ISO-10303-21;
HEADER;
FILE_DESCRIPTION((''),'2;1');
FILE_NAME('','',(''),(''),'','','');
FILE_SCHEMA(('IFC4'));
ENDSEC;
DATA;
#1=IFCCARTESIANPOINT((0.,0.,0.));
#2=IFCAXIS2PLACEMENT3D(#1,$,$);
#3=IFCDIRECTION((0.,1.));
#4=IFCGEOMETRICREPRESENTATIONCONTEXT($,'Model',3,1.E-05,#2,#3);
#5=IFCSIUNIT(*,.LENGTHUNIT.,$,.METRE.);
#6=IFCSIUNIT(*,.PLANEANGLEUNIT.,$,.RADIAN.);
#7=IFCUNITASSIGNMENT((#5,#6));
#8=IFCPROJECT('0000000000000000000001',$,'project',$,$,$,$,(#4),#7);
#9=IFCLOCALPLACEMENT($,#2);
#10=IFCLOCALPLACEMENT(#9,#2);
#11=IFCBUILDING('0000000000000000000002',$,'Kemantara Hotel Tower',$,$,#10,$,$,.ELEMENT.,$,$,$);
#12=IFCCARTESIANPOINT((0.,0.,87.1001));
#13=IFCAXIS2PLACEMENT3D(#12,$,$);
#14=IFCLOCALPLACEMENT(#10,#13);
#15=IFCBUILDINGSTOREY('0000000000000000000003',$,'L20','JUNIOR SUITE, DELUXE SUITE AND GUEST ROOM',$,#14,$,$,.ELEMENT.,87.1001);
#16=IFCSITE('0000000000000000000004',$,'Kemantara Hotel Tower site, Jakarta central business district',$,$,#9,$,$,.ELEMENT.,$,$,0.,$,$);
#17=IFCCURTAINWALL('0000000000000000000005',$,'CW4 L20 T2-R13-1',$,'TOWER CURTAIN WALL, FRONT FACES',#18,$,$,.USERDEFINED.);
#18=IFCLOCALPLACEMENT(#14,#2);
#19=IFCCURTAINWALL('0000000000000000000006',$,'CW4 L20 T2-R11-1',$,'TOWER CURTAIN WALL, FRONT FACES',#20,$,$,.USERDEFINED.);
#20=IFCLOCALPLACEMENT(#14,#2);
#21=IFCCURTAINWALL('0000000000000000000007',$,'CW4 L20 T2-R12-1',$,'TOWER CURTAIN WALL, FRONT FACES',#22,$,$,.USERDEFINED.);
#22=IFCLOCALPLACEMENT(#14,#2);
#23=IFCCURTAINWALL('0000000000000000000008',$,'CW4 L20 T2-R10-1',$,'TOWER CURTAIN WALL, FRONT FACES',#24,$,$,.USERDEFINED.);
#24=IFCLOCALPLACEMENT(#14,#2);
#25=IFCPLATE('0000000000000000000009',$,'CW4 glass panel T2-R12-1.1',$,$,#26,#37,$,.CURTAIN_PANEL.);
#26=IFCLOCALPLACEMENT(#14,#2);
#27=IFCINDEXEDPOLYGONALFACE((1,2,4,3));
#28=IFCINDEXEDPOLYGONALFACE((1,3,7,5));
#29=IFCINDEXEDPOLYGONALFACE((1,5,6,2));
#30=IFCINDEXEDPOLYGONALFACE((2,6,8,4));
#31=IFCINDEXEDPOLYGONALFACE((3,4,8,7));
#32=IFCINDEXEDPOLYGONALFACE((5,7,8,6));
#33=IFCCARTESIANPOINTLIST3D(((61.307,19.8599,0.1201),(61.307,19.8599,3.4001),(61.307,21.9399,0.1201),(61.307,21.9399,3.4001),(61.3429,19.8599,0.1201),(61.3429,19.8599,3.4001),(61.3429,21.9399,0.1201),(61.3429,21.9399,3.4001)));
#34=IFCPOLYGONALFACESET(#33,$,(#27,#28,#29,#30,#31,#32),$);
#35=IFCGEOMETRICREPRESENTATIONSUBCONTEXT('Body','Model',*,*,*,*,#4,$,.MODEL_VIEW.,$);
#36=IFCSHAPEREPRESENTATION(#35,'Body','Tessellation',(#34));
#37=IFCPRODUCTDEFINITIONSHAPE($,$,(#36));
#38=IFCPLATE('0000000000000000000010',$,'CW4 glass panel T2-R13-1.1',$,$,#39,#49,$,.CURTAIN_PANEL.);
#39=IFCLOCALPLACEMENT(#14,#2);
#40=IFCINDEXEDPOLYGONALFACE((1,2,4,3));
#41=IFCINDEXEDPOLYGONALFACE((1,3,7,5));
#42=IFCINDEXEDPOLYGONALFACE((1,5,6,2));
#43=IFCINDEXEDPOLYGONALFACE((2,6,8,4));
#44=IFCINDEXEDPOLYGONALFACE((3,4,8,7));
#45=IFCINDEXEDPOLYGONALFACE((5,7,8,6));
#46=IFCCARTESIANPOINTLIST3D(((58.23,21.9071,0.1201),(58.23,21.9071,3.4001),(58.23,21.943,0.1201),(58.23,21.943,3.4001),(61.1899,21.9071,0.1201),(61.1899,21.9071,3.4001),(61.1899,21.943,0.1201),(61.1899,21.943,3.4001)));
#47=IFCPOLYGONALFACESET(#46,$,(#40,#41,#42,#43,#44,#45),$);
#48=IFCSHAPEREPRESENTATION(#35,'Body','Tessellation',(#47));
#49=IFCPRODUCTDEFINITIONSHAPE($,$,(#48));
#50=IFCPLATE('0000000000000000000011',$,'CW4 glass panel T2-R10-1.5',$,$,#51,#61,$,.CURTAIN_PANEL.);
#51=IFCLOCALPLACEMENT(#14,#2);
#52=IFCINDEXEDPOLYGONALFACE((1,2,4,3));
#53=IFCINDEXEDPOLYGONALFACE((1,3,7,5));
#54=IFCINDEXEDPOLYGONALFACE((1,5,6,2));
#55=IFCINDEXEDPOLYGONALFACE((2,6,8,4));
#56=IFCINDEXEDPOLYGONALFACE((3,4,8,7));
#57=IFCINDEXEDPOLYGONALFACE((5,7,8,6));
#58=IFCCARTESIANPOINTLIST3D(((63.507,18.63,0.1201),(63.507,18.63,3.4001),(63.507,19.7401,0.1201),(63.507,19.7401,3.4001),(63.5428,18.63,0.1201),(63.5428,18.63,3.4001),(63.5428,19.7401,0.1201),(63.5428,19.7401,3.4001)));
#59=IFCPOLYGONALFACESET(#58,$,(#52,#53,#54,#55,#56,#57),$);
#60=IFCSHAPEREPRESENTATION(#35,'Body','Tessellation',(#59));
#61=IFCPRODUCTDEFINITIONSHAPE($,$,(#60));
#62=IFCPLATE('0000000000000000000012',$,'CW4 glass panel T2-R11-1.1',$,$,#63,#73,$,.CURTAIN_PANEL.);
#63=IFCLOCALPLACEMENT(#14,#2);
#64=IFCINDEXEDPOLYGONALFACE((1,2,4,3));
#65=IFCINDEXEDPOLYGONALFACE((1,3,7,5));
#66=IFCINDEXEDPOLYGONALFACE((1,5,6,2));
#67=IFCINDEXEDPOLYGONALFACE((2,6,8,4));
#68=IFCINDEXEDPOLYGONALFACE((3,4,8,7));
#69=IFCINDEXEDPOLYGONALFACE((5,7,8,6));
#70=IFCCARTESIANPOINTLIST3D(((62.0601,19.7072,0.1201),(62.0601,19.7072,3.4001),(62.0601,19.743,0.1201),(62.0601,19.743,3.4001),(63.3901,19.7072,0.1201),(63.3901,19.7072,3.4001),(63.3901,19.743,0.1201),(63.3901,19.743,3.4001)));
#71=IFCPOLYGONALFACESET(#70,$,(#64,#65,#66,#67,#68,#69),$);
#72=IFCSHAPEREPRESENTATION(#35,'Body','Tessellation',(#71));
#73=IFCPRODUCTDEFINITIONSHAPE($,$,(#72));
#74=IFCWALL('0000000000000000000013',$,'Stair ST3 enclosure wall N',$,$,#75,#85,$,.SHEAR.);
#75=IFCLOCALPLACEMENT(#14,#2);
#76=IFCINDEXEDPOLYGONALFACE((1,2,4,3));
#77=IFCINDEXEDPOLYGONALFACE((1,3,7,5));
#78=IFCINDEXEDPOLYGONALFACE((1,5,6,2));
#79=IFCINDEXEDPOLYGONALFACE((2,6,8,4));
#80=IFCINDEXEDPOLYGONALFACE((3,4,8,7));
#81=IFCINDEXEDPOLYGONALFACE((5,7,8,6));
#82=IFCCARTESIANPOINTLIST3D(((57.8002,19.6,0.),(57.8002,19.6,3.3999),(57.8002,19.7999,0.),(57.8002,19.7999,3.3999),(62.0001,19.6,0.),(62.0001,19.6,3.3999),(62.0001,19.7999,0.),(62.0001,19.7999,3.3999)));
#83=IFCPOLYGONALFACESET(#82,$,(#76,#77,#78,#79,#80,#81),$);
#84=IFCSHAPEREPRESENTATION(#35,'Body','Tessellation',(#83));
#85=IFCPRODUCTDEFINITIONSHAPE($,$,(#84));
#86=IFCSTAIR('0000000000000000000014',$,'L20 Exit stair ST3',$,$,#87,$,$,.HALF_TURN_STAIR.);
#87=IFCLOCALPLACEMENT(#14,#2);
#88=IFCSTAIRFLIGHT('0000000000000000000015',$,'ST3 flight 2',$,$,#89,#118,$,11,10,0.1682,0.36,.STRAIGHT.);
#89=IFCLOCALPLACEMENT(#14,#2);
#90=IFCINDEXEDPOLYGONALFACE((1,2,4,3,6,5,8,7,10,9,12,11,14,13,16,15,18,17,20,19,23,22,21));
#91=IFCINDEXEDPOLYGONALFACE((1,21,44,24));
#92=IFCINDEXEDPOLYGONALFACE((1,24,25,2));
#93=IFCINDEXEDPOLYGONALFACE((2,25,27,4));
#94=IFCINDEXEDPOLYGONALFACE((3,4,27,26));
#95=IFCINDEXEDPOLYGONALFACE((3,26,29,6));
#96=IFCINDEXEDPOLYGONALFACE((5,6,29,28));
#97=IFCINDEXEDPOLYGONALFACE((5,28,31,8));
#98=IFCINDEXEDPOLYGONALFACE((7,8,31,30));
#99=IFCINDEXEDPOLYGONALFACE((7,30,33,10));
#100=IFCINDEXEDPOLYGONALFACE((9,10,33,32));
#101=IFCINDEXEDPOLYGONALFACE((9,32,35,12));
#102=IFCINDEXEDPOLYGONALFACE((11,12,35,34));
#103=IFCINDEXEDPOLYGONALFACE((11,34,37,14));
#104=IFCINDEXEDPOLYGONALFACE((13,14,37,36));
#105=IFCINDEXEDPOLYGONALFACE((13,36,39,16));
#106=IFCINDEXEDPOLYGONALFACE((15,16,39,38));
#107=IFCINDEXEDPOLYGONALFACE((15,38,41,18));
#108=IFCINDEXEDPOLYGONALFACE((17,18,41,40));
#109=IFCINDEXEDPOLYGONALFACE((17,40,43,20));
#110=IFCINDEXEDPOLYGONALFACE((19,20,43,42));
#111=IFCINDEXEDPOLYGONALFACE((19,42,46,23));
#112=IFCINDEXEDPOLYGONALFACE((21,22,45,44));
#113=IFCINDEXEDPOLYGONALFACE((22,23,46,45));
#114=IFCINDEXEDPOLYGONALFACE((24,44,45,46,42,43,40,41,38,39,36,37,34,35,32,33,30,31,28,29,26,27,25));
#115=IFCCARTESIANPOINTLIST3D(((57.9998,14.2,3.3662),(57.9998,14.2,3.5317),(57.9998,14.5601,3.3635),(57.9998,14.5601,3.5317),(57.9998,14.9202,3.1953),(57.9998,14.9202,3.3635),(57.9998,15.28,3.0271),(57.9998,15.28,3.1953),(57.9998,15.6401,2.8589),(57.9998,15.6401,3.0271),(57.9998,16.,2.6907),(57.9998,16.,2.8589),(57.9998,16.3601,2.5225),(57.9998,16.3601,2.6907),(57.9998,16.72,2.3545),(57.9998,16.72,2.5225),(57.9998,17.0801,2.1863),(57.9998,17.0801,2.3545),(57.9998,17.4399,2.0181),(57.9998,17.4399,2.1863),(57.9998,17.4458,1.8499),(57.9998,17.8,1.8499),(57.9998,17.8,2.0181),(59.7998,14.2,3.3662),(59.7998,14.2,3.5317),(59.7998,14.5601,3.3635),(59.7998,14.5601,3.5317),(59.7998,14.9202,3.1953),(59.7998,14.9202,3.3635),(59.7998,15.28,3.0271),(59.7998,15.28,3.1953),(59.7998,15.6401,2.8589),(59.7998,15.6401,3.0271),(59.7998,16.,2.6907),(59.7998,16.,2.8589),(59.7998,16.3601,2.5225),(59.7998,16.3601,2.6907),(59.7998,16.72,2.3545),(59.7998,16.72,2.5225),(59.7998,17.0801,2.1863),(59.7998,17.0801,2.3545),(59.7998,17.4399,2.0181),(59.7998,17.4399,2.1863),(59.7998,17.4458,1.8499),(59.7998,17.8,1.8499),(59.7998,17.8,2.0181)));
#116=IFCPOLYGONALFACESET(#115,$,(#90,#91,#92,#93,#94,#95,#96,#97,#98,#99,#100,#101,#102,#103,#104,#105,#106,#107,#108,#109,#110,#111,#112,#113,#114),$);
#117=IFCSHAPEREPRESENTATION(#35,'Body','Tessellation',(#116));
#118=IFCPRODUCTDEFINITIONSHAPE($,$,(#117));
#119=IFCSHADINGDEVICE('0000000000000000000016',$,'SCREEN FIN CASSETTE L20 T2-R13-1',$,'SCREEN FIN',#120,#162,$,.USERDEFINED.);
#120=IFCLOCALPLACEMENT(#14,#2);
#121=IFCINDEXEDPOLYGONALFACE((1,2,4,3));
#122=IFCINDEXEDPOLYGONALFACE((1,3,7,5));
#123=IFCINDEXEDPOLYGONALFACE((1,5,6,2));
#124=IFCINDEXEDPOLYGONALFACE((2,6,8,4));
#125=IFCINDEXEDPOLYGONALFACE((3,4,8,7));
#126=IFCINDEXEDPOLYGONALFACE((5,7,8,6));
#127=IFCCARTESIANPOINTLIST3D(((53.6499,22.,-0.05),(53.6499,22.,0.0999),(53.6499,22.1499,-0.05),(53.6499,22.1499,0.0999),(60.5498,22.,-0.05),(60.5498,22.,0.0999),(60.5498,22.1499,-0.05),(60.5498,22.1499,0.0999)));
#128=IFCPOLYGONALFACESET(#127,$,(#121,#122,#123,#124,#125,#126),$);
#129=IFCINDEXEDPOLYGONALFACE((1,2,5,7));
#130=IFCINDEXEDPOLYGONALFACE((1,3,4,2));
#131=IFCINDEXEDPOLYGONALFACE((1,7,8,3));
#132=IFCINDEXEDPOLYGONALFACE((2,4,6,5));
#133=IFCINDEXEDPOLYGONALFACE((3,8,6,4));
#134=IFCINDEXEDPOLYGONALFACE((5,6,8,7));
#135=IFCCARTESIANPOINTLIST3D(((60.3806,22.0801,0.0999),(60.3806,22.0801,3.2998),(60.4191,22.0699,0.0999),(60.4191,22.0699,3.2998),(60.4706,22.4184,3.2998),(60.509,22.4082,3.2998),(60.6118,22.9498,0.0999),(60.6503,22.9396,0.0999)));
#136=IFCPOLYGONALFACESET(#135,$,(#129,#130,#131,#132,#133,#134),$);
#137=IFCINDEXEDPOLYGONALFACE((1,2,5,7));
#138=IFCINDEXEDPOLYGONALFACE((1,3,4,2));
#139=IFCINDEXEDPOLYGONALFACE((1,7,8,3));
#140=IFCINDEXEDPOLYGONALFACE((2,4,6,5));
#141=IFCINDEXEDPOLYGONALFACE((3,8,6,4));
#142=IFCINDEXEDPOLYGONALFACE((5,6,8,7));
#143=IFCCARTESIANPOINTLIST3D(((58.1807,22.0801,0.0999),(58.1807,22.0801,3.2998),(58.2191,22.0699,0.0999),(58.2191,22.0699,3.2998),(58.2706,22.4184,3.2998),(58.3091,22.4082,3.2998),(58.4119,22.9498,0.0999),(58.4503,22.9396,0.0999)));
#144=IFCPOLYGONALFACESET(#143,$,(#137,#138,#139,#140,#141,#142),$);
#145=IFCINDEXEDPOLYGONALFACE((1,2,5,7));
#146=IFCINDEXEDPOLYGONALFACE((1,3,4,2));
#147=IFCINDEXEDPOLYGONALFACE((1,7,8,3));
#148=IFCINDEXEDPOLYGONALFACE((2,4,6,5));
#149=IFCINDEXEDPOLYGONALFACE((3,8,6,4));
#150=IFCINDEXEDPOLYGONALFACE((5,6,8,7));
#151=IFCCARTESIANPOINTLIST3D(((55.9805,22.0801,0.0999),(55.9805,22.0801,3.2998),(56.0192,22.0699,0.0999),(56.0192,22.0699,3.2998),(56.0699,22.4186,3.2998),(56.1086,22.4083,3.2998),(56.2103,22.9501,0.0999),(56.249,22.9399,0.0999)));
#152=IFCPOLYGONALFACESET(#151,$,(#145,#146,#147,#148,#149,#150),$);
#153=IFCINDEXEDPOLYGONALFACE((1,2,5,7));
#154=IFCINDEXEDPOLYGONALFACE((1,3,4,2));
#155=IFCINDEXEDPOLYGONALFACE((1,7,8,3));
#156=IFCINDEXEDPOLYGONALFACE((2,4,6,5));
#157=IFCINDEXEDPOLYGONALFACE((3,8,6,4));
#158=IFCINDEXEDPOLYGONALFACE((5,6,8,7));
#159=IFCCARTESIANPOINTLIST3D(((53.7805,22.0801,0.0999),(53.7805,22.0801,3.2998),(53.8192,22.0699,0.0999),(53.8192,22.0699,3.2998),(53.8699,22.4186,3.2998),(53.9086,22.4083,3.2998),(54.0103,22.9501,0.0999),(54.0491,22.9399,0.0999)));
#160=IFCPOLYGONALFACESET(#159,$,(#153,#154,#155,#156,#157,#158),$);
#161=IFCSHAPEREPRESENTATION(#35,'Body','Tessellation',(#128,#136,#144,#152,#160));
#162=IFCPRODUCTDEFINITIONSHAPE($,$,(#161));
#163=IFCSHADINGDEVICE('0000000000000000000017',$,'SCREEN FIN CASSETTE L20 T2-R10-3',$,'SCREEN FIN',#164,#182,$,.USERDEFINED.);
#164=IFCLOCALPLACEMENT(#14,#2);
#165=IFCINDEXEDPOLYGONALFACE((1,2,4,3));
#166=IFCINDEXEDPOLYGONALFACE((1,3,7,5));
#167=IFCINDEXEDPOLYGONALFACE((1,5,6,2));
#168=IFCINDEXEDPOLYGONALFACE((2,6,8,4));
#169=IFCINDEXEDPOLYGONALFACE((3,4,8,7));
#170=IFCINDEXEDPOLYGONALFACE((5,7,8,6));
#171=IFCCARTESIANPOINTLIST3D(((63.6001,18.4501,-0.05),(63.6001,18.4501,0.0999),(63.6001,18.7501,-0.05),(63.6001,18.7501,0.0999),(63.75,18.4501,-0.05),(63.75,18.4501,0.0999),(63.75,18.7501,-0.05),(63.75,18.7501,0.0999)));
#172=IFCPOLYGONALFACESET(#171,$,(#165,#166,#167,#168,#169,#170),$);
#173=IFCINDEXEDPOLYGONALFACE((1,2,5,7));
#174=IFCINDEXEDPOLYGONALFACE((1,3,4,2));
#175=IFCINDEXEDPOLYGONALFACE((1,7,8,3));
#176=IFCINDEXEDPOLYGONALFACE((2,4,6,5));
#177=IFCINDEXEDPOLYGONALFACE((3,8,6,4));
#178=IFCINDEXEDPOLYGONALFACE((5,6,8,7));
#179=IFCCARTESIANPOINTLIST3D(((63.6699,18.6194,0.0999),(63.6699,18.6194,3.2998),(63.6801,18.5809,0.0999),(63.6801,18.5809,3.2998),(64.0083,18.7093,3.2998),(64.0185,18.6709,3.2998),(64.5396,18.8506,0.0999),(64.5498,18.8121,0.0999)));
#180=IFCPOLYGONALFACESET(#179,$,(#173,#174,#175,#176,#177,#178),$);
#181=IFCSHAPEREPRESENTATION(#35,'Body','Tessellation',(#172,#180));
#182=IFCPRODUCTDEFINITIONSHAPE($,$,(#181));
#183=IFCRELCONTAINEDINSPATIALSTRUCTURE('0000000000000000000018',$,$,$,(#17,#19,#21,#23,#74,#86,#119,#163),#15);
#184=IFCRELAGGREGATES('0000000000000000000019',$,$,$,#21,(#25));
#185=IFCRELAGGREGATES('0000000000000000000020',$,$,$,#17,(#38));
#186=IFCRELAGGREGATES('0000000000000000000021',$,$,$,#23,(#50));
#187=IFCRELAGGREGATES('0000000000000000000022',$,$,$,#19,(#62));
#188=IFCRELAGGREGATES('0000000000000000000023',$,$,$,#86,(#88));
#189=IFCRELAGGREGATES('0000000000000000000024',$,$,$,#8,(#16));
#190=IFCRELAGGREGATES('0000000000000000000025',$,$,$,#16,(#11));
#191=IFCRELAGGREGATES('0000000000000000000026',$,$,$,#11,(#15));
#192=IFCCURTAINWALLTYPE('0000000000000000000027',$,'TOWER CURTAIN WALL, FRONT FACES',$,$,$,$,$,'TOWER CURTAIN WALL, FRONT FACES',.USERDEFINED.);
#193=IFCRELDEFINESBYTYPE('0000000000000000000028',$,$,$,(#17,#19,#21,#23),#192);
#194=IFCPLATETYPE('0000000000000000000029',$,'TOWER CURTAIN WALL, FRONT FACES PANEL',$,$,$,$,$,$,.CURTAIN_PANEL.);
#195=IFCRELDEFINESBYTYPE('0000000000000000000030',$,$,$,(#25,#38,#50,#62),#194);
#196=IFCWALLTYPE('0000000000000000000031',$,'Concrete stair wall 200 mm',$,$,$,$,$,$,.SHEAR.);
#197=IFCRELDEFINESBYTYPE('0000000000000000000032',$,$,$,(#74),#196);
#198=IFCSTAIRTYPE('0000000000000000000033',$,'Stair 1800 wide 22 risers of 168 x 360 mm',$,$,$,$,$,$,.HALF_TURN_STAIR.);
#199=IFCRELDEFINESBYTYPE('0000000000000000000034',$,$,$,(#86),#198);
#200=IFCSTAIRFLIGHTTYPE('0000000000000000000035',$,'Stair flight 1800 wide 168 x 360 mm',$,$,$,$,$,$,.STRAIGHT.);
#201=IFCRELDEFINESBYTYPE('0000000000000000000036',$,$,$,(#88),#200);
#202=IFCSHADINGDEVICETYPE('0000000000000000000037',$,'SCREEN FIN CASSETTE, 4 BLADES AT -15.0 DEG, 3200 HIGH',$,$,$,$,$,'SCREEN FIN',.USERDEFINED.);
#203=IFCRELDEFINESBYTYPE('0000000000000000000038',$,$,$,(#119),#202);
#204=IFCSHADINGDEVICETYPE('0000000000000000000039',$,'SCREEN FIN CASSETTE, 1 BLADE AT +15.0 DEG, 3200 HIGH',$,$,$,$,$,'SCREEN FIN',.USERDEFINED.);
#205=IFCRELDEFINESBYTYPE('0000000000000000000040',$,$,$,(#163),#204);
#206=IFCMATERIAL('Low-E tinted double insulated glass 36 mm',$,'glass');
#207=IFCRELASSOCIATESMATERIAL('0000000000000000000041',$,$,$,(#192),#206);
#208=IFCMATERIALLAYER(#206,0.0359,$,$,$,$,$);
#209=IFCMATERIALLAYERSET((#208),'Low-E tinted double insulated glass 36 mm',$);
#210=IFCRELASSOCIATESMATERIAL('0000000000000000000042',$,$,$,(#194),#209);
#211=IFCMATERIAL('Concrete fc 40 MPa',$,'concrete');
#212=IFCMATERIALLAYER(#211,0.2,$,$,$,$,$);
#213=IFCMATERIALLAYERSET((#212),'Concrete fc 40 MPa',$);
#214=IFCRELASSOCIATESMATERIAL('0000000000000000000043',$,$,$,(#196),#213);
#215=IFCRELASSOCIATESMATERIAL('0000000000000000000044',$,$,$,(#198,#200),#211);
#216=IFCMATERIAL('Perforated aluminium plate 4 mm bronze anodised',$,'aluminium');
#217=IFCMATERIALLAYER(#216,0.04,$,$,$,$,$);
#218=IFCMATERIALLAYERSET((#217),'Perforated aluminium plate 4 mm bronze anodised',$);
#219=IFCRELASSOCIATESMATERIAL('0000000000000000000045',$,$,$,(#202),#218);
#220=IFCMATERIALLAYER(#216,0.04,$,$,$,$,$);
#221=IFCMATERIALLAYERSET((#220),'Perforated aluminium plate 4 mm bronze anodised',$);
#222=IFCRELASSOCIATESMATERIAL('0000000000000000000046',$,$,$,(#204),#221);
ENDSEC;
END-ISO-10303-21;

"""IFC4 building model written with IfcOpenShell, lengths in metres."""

from ifc_helpers import new_model, si_unit, direction, frame, frame_2d, origin, origin_2d, place, context, subcontext, project, spatial, polyline, rectangle, outline, extrude, source, transform, mapped, material, layer, layer_set, type_object, element, aggregate, save


model = new_model("IFC4")

# Units and contexts
model_context = context("Model", 3, precision=1e-05, world=origin(), true_north=direction((0.0, 1.0)))
body_context = subcontext(model_context, "Body", "Model", "MODEL_VIEW")
ifc_project = project(units=[si_unit("LENGTHUNIT", "METRE"), si_unit("PLANEANGLEUNIT", "RADIAN")], contexts=[model_context])

# Site, building, storey
site_placement = place(None, origin())
site = spatial("IfcSite", under=ifc_project, at=site_placement, Name="Kemantara Hotel Tower site, Jakarta central business district", CompositionType="ELEMENT", RefElevation=0.0)
building_placement = place(site_placement, origin())
building = spatial("IfcBuilding", under=site, at=building_placement, Name="Kemantara Hotel Tower", CompositionType="ELEMENT")
storey_placement = place(building_placement, frame((0.0, 0.0, 87.1001)))
storey = spatial("IfcBuildingStorey", under=building, at=storey_placement, Name="L20", Description="JUNIOR SUITE, DELUXE SUITE AND GUEST ROOM", CompositionType="ELEMENT", Elevation=87.1001)

# Curtain walls
ifc_material_1 = material(Name="Low-E tinted double insulated glass 36 mm", Category="glass")
curtain_wall_type = type_object("IfcCurtainWallType", Name="TOWER CURTAIN WALL, FRONT FACES", ElementType="TOWER CURTAIN WALL, FRONT FACES", PredefinedType="USERDEFINED", material=ifc_material_1)
curtain_wall_1_placement = place(storey_placement, origin())
curtain_wall_1 = element("IfcCurtainWall", 1, at=curtain_wall_1_placement, inside=storey, type_object=curtain_wall_type, Name="CW4 L20 T2-R13-1", ObjectType="TOWER CURTAIN WALL, FRONT FACES", PredefinedType="USERDEFINED")
curtain_wall_2_placement = place(storey_placement, origin())
curtain_wall_2 = element("IfcCurtainWall", 2, at=curtain_wall_2_placement, inside=storey, type_object=curtain_wall_type, Name="CW4 L20 T2-R11-1", ObjectType="TOWER CURTAIN WALL, FRONT FACES", PredefinedType="USERDEFINED")
curtain_wall_3_placement = place(storey_placement, origin())
curtain_wall_3 = element("IfcCurtainWall", 3, at=curtain_wall_3_placement, inside=storey, type_object=curtain_wall_type, Name="CW4 L20 T2-R12-1", ObjectType="TOWER CURTAIN WALL, FRONT FACES", PredefinedType="USERDEFINED")

# Curtain wall
curtain_wall_4_placement = place(storey_placement, origin())
curtain_wall_4 = element("IfcCurtainWall", 4, at=curtain_wall_4_placement, inside=storey, type_object=curtain_wall_type, Name="CW4 L20 T2-R10-1", ObjectType="TOWER CURTAIN WALL, FRONT FACES", PredefinedType="USERDEFINED")

# Plates
ifc_layer_1 = layer(ifc_material_1, 0.0359)
ifc_layer_set_1 = layer_set([ifc_layer_1], Name="Low-E tinted double insulated glass 36 mm")
plate_type = type_object("IfcPlateType", Name="TOWER CURTAIN WALL, FRONT FACES PANEL", PredefinedType="CURTAIN_PANEL", material=ifc_layer_set_1)
shared_shape_1 = source(origin(), body_context, "Body", "SweptSolid", [
    extrude(rectangle(XDim=2.0801, YDim=0.0359, at=origin_2d()), origin(), (0.0, 0.0, 1.0), 3.28),
])
plate_1_placement = place(storey_placement, frame((61.325, 20.8999, 0.1201), z_axis=(0.0, 0.0, 1.0), x_axis=(0.0, 1.0, 0.0)))
plate_1 = element("IfcPlate", 5, at=plate_1_placement, type_object=plate_type, Name="CW4 glass panel T2-R12-1.1", PredefinedType="CURTAIN_PANEL", context=body_context, shape_type="MappedRepresentation", body=[
    mapped(shared_shape_1, transform((0.0, 0.0, 0.0))),
])
aggregate(curtain_wall_3, [plate_1])
shared_shape_2 = source(origin(), body_context, "Body", "SweptSolid", [
    extrude(rectangle(XDim=2.96, YDim=0.0359, at=origin_2d()), origin(), (0.0, 0.0, 1.0), 3.28),
])
plate_2_placement = place(storey_placement, frame((59.71, 21.925, 0.1201), z_axis=(0.0, 0.0, 1.0), x_axis=(-1.0, 0.0, 0.0)))
plate_2 = element("IfcPlate", 6, at=plate_2_placement, type_object=plate_type, Name="CW4 glass panel T2-R13-1.1", PredefinedType="CURTAIN_PANEL", context=body_context, shape_type="MappedRepresentation", body=[
    mapped(shared_shape_2, transform((0.0, 0.0, 0.0))),
])
aggregate(curtain_wall_1, [plate_2])
shared_shape_3 = source(origin(), body_context, "Body", "SweptSolid", [
    extrude(rectangle(XDim=1.1101, YDim=0.0359, at=origin_2d()), origin(), (0.0, 0.0, 1.0), 3.28),
])
plate_3_placement = place(storey_placement, frame((63.5249, 19.1851, 0.1201), z_axis=(0.0, 0.0, 1.0), x_axis=(0.0, 1.0, 0.0)))
plate_3 = element("IfcPlate", 7, at=plate_3_placement, type_object=plate_type, Name="CW4 glass panel T2-R10-1.5", PredefinedType="CURTAIN_PANEL", context=body_context, shape_type="MappedRepresentation", body=[
    mapped(shared_shape_3, transform((0.0, 0.0, 0.0))),
])
aggregate(curtain_wall_4, [plate_3])
shared_shape_4 = source(origin(), body_context, "Body", "SweptSolid", [
    extrude(rectangle(XDim=1.3301, YDim=0.0359, at=origin_2d()), origin(), (0.0, 0.0, 1.0), 3.28),
])
plate_4_placement = place(storey_placement, frame((62.7251, 19.7251, 0.1201), z_axis=(0.0, 0.0, 1.0), x_axis=(-1.0, 0.0, 0.0)))
plate_4 = element("IfcPlate", 8, at=plate_4_placement, type_object=plate_type, Name="CW4 glass panel T2-R11-1.1", PredefinedType="CURTAIN_PANEL", context=body_context, shape_type="MappedRepresentation", body=[
    mapped(shared_shape_4, transform((0.0, 0.0, 0.0))),
])
aggregate(curtain_wall_2, [plate_4])

# Wall
ifc_material_2 = material(Name="Concrete fc 40 MPa", Category="concrete")
ifc_layer_2 = layer(ifc_material_2, 0.2)
ifc_layer_set_2 = layer_set([ifc_layer_2], Name="Concrete fc 40 MPa")
wall_type = type_object("IfcWallType", Name="Concrete stair wall 200 mm", PredefinedType="SHEAR", material=ifc_layer_set_2)
wall_placement = place(storey_placement, frame((57.8, 19.7, 0.0), z_axis=(0.0, 0.0, 1.0), x_axis=(1.0, 0.0, 0.0)))
element("IfcWall", 9, at=wall_placement, inside=storey, type_object=wall_type, Name="Stair ST3 enclosure wall N", PredefinedType="SHEAR", context=body_context, shape_type="SweptSolid", body=[
    extrude(rectangle(XDim=4.2, YDim=0.2, at=frame_2d((2.1001, 0.0))), origin(), (0.0, 0.0, 1.0), 3.3999),
])

# Stair, stair flight
stair_type = type_object("IfcStairType", Name="Stair 1800 wide 22 risers of 168 x 360 mm", PredefinedType="HALF_TURN_STAIR", material=ifc_material_2)
stair_placement = place(storey_placement, origin())
stair = element("IfcStair", 10, at=stair_placement, inside=storey, type_object=stair_type, Name="L20 Exit stair ST3", PredefinedType="HALF_TURN_STAIR")
stair_flight_type = type_object("IfcStairFlightType", Name="Stair flight 1800 wide 168 x 360 mm", PredefinedType="STRAIGHT", material=ifc_material_2)
stair_flight_placement = place(storey_placement, frame((58.8999, 17.8, 1.8499), z_axis=(0.0, 0.0, 1.0), x_axis=(0.0, -1.0, 0.0)))
stair_flight = element("IfcStairFlight", 11, at=stair_flight_placement, type_object=stair_flight_type, Name="ST3 flight 2", NumberOfRisers=11, NumberOfTreads=10, PredefinedType="STRAIGHT", RiserHeight=0.1682, TreadLength=0.36, context=body_context, shape_type="SweptSolid", body=[
    extrude(outline(polyline([(0.0, 0.0), (0.0, 0.1682), (0.3601, 0.1682), (0.3601, 0.3364), (0.72, 0.3364), (0.72, 0.5046), (1.0801, 0.5046), (1.0801, 0.6726), (1.4399, 0.6726), (1.4399, 0.8408), (1.8, 0.8408), (1.8, 1.009), (2.1599, 1.009), (2.1599, 1.1772), (2.52, 1.1772), (2.52, 1.3455), (2.8799, 1.3455), (2.8799, 1.5137), (3.24, 1.5137), (3.24, 1.6819), (3.6001, 1.6819), (3.6001, 1.8501), (3.6001, 1.5164), (0.3542, 0.0), (0.0, 0.0)])), frame((0.0, 0.8999, 0.0), z_axis=(0.0, -1.0, 0.0), x_axis=(1.0, 0.0, 0.0)), (0.0, 0.0, 1.0), 1.8),
])
aggregate(stair, [stair_flight])

# Shading devices
ifc_material_3 = material(Name="Perforated aluminium plate 4 mm bronze anodised", Category="aluminium")
ifc_layer_3 = layer(ifc_material_3, 0.04)
ifc_layer_set_3 = layer_set([ifc_layer_3], Name="Perforated aluminium plate 4 mm bronze anodised")
shading_device_type_1 = type_object("IfcShadingDeviceType", Name="SCREEN FIN CASSETTE, 4 BLADES AT -15.0 DEG, 3200 HIGH", ElementType="SCREEN FIN", PredefinedType="USERDEFINED", material=ifc_layer_set_3)
shared_shape_5 = source(origin(), body_context, "Body", "SweptSolid", [
    extrude(rectangle(XDim=6.8999, YDim=0.1499, at=origin_2d()), frame((3.3, -0.075, -0.1499), z_axis=(0.0, 0.0, 1.0), x_axis=(1.0, 0.0, 0.0)), (0.0, 0.0, 1.0), 0.1499),
    extrude(outline(polyline([(0.0, 0.0), (0.8999, 0.0), (0.3501, 3.2), (0.0, 3.2), (0.0, 0.0)])), frame((0.0193, -0.0801, 0.0), z_axis=(-0.966438, 0.256901, 0.0), x_axis=(-0.256901, -0.966438, 0.0)), (0.0, 0.0, 1.0), 0.0398),
    extrude(outline(polyline([(0.0, 0.0), (0.8999, 0.0), (0.3501, 3.2), (0.0, 3.2), (0.0, 0.0)])), frame((2.2192, -0.0801, 0.0), z_axis=(-0.966438, 0.256901, 0.0), x_axis=(-0.256901, -0.966438, 0.0)), (0.0, 0.0, 1.0), 0.0398),
    extrude(outline(polyline([(0.0, 0.0), (0.8999, 0.0), (0.3501, 3.2), (0.0, 3.2), (0.0, 0.0)])), frame((4.4194, -0.0801, 0.0), z_axis=(-0.966838, 0.255391, 0.0), x_axis=(-0.255391, -0.966838, 0.0)), (0.0, 0.0, 1.0), 0.04),
    extrude(outline(polyline([(0.0, 0.0), (0.8999, 0.0), (0.3501, 3.2), (0.0, 3.2), (0.0, 0.0)])), frame((6.6194, -0.0801, 0.0), z_axis=(-0.966838, 0.255391, 0.0), x_axis=(-0.255391, -0.966838, 0.0)), (0.0, 0.0, 1.0), 0.04),
])
shading_device_1_placement = place(storey_placement, frame((60.3999, 22.0, 0.0999), z_axis=(0.0, 0.0, 1.0), x_axis=(-1.0, 0.0, 0.0)))
element("IfcShadingDevice", 12, at=shading_device_1_placement, inside=storey, type_object=shading_device_type_1, Name="SCREEN FIN CASSETTE L20 T2-R13-1", ObjectType="SCREEN FIN", PredefinedType="USERDEFINED", context=body_context, shape_type="MappedRepresentation", body=[
    mapped(shared_shape_5, transform((0.0, 0.0, 0.0))),
])
ifc_layer_4 = layer(ifc_material_3, 0.04)
ifc_layer_set_4 = layer_set([ifc_layer_4], Name="Perforated aluminium plate 4 mm bronze anodised")
shading_device_type_2 = type_object("IfcShadingDeviceType", Name="SCREEN FIN CASSETTE, 1 BLADE AT +15.0 DEG, 3200 HIGH", ElementType="SCREEN FIN", PredefinedType="USERDEFINED", material=ifc_layer_set_4)
shared_shape_6 = source(origin(), body_context, "Body", "SweptSolid", [
    extrude(rectangle(XDim=0.3, YDim=0.1499, at=origin_2d()), frame((0.0, -0.075, -0.1499), z_axis=(0.0, 0.0, 1.0), x_axis=(1.0, 0.0, 0.0)), (0.0, 0.0, 1.0), 0.1499),
    extrude(outline(polyline([(0.0, 0.0), (0.8999, 0.0), (0.3501, 3.2), (0.0, 3.2), (0.0, 0.0)])), frame((0.0193, -0.0698, 0.0), z_axis=(-0.966438, -0.256901, 0.0), x_axis=(0.256901, -0.966438, 0.0)), (0.0, 0.0, 1.0), 0.0398),
])
shading_device_2_placement = place(storey_placement, frame((63.6001, 18.6001, 0.0999), z_axis=(0.0, 0.0, 1.0), x_axis=(0.0, 1.0, 0.0)))
element("IfcShadingDevice", 13, at=shading_device_2_placement, inside=storey, type_object=shading_device_type_2, Name="SCREEN FIN CASSETTE L20 T2-R10-3", ObjectType="SCREEN FIN", PredefinedType="USERDEFINED", context=body_context, shape_type="MappedRepresentation", body=[
    mapped(shared_shape_6, transform((0.0, 0.0, 0.0))),
])

save(model, "model.ifc")
